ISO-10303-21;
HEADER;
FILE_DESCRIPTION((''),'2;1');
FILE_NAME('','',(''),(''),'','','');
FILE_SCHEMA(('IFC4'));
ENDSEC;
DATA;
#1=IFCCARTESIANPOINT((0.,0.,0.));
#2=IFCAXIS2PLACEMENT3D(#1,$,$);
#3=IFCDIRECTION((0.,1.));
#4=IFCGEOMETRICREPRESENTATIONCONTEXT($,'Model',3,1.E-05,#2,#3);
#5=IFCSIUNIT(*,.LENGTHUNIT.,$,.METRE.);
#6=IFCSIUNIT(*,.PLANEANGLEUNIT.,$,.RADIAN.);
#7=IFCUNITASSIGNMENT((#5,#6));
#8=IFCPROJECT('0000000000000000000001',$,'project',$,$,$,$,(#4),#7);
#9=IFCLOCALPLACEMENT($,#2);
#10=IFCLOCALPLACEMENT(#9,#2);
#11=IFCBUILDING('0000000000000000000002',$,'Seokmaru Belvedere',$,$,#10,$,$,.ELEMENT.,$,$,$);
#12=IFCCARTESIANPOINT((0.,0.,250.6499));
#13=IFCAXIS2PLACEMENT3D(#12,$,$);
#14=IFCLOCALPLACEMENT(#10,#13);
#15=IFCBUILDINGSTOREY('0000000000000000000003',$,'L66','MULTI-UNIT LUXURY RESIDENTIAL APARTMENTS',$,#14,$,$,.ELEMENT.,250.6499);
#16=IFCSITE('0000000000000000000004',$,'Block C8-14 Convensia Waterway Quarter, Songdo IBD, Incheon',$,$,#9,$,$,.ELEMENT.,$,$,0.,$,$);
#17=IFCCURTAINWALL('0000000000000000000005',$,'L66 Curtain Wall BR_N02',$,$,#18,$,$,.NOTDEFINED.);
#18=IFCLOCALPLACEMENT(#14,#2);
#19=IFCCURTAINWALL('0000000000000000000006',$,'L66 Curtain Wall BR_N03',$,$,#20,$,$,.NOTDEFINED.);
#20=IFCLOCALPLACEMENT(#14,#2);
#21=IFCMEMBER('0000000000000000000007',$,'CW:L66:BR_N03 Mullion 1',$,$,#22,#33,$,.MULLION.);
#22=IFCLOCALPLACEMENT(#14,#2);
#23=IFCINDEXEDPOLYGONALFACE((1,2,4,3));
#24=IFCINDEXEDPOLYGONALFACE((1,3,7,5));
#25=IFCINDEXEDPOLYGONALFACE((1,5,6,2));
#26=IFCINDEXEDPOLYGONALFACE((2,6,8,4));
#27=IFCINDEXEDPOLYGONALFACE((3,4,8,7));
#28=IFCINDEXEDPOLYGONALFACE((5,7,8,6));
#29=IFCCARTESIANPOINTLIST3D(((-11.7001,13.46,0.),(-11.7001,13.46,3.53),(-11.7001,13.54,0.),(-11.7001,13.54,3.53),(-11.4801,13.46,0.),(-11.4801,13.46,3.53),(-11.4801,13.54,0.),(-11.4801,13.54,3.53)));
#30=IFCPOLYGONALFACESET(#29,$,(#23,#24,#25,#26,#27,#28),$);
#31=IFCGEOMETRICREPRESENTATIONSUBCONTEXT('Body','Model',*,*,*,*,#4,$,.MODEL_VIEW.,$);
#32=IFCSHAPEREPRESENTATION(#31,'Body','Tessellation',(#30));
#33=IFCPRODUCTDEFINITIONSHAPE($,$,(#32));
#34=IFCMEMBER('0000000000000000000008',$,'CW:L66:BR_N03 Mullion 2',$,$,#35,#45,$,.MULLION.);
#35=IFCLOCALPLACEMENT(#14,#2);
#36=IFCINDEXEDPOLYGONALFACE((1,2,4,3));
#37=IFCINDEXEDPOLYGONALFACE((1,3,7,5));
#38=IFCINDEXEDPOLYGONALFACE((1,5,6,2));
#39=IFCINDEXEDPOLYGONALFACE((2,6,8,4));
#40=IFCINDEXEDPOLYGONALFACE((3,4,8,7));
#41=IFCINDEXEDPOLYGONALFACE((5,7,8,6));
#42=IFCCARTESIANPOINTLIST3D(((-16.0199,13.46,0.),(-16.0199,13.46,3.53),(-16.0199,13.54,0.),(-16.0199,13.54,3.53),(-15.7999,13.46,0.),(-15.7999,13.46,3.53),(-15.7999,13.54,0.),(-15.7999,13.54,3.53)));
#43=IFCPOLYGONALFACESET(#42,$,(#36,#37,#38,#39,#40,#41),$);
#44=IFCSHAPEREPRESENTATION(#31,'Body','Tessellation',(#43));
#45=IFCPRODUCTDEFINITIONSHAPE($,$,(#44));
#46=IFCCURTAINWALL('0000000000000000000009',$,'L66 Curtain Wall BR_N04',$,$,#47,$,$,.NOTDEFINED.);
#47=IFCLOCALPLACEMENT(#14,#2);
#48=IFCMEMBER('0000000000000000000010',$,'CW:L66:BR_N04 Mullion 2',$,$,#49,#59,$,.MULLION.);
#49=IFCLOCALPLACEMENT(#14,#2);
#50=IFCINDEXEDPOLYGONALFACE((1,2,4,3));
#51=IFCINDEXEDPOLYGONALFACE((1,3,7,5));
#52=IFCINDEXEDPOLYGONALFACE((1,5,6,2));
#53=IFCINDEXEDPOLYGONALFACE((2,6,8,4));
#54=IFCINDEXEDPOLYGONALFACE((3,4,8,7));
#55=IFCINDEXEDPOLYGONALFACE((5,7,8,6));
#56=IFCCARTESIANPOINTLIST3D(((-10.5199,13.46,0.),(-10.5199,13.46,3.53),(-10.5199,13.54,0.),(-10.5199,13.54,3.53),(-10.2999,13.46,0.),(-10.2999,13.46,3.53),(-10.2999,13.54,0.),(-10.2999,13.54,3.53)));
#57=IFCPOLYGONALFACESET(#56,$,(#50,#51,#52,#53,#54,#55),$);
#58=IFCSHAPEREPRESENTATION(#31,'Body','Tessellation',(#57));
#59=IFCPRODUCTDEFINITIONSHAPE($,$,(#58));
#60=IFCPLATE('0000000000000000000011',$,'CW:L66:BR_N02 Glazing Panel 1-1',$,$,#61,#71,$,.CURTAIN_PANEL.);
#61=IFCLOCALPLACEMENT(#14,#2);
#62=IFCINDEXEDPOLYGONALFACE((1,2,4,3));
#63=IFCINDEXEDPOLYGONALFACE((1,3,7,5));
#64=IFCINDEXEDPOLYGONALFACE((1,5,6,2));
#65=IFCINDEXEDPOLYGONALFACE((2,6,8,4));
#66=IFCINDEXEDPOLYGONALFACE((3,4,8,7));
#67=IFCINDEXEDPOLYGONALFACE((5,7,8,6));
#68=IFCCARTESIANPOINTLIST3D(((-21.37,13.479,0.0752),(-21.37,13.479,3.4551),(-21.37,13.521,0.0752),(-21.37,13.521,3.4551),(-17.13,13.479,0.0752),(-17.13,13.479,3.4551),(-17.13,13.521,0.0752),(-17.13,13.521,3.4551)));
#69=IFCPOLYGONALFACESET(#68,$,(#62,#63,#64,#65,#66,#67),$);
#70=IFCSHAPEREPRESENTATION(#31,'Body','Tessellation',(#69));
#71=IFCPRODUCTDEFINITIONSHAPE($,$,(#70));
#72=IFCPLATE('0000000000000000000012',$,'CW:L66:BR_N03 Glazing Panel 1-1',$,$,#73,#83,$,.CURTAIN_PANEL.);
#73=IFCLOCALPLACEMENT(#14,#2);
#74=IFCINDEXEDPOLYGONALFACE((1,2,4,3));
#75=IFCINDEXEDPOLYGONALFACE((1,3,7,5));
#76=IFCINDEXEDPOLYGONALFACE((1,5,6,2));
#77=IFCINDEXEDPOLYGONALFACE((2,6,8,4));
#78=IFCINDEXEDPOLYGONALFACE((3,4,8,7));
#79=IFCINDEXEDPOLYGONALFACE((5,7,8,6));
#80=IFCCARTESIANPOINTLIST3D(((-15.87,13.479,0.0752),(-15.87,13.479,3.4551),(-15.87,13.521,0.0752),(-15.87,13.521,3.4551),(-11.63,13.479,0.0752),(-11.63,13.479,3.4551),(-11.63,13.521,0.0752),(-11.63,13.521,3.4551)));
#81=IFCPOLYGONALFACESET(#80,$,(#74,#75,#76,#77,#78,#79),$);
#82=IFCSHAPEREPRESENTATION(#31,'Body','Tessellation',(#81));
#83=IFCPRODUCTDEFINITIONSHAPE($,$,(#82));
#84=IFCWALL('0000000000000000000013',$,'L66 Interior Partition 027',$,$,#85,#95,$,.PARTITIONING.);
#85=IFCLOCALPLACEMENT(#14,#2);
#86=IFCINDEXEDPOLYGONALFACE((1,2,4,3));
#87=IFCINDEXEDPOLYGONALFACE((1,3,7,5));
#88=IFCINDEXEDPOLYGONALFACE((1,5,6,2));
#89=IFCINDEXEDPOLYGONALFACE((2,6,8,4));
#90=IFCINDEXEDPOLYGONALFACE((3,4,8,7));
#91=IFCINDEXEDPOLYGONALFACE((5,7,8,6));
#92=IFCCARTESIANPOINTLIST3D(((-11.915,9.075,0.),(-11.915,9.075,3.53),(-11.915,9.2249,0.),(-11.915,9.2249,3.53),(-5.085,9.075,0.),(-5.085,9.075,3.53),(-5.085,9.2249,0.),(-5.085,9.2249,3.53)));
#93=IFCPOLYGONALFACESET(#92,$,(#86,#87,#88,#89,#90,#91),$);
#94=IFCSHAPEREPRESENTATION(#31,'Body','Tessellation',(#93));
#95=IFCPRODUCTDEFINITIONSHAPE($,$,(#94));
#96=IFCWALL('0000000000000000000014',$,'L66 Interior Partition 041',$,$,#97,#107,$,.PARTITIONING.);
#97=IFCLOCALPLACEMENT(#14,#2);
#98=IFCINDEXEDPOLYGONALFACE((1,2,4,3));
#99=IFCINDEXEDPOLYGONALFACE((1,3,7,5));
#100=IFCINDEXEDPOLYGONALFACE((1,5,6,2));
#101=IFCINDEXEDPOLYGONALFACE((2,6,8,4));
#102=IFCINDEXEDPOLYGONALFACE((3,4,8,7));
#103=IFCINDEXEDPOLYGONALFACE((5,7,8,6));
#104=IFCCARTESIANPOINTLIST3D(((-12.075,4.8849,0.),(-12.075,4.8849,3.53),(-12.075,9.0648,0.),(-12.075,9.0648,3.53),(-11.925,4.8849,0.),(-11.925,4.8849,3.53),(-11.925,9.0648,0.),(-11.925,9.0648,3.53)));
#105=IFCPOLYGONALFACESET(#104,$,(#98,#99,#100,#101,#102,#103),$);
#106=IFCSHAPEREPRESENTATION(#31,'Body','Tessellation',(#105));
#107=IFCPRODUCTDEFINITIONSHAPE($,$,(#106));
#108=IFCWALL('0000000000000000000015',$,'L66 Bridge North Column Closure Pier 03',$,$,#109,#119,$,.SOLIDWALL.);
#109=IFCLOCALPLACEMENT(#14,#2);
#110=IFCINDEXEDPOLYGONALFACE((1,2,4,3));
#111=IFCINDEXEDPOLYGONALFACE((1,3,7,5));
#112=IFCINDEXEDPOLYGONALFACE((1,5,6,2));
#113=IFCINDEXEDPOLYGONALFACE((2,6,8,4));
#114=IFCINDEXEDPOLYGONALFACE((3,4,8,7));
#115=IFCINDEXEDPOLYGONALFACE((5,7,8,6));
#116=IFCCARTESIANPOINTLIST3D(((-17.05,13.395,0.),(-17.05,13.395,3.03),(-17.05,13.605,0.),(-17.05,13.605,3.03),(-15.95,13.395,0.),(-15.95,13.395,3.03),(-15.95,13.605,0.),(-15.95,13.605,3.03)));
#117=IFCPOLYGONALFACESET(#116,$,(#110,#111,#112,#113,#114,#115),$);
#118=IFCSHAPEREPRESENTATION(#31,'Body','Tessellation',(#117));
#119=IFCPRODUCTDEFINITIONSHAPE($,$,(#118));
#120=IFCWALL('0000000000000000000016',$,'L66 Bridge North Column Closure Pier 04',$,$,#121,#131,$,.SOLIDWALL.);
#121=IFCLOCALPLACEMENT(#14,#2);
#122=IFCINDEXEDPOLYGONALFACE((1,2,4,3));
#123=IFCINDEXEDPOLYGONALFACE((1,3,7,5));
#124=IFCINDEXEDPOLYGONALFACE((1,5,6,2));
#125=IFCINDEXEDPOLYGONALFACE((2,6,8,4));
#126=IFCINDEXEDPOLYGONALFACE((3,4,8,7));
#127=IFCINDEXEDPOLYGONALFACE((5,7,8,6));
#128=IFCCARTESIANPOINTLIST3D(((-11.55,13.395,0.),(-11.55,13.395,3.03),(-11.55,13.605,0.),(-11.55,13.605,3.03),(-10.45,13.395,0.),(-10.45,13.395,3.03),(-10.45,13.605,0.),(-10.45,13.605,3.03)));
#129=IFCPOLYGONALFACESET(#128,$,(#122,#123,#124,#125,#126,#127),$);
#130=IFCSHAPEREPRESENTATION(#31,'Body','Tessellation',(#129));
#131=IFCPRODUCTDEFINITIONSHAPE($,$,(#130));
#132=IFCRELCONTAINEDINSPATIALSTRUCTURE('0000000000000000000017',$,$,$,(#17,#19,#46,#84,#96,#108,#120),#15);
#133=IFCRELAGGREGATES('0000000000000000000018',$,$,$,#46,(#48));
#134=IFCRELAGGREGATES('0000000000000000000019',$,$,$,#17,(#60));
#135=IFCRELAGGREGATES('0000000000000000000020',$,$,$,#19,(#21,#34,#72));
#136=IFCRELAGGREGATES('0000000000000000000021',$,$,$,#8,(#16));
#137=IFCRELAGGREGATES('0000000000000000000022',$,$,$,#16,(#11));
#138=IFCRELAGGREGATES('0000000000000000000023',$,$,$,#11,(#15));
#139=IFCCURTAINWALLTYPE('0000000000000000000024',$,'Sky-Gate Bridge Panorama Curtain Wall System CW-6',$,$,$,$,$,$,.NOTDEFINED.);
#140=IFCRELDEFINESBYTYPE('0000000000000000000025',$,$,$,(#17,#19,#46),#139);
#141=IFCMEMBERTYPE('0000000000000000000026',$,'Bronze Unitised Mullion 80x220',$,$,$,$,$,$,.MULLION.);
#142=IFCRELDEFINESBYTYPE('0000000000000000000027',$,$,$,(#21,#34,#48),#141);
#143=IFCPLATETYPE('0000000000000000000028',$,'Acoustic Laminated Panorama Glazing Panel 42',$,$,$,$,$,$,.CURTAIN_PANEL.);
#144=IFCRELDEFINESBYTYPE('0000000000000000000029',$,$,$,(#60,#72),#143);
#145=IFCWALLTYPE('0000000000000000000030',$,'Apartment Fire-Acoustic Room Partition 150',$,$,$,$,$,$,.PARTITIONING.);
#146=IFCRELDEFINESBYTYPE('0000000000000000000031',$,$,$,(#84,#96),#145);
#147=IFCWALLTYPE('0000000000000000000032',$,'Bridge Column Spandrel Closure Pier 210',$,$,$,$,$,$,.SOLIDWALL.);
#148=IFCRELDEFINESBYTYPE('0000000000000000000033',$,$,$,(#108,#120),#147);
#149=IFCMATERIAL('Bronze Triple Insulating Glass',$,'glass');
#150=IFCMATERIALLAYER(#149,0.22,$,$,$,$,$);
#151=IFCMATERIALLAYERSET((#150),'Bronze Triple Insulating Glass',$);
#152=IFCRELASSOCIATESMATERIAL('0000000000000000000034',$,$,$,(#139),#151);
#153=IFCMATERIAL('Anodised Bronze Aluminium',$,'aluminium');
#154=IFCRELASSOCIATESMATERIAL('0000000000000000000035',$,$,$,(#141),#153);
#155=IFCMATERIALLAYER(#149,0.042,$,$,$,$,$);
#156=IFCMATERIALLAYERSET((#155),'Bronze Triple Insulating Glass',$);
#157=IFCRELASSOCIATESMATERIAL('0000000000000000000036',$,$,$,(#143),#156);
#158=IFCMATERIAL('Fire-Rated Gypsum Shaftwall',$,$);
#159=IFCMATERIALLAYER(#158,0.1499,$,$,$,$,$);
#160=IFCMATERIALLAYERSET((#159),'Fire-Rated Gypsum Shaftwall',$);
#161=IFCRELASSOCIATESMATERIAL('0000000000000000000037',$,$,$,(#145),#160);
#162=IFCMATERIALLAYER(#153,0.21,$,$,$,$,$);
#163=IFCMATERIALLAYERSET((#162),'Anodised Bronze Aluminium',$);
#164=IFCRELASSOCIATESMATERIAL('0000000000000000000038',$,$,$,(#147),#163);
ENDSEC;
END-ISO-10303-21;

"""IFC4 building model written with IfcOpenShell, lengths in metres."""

from ifc_helpers import new_model, si_unit, direction, frame, frame_2d, origin, origin_2d, place, context, subcontext, project, spatial, rectangle, extrude, source, transform, mapped, material, layer, layer_set, material_profile, profile_set, type_object, type_shapes, element, aggregate, save


model = new_model("IFC4")

# Units and contexts
model_context = context("Model", 3, precision=1e-05, world=origin(), true_north=direction((0.0, 1.0)))
body_context = subcontext(model_context, "Body", "Model", "MODEL_VIEW")
ifc_project = project(units=[si_unit("LENGTHUNIT", "METRE"), si_unit("PLANEANGLEUNIT", "RADIAN")], contexts=[model_context])

# Site, building, storey
site_placement = place(None, origin())
site = spatial("IfcSite", under=ifc_project, at=site_placement, Name="Block C8-14 Convensia Waterway Quarter, Songdo IBD, Incheon", CompositionType="ELEMENT", RefElevation=0.0)
building_placement = place(site_placement, origin())
building = spatial("IfcBuilding", under=site, at=building_placement, Name="Seokmaru Belvedere", CompositionType="ELEMENT")
storey_placement = place(building_placement, frame((0.0, 0.0, 250.6499)))
storey = spatial("IfcBuildingStorey", under=building, at=storey_placement, Name="L66", Description="MULTI-UNIT LUXURY RESIDENTIAL APARTMENTS", CompositionType="ELEMENT", Elevation=250.6499)

# Curtain walls
ifc_material_1 = material(Name="Bronze Triple Insulating Glass", Category="glass")
ifc_layer_1 = layer(ifc_material_1, 0.22)
ifc_layer_set_1 = layer_set([ifc_layer_1], Name="Bronze Triple Insulating Glass")
curtain_wall_type = type_object("IfcCurtainWallType", Name="Sky-Gate Bridge Panorama Curtain Wall System CW-6", PredefinedType="NOTDEFINED", material=ifc_layer_set_1)
curtain_wall_1_placement = place(storey_placement, origin())
curtain_wall_1 = element("IfcCurtainWall", 1, at=curtain_wall_1_placement, inside=storey, type_object=curtain_wall_type, Name="L66 Curtain Wall BR_N02", PredefinedType="NOTDEFINED")
ifc_material_2 = material(Name="Anodised Bronze Aluminium", Category="aluminium")
curtain_wall_2_placement = place(storey_placement, origin())
curtain_wall_2 = element("IfcCurtainWall", 2, at=curtain_wall_2_placement, inside=storey, type_object=curtain_wall_type, Name="L66 Curtain Wall BR_N03", PredefinedType="NOTDEFINED")

# Members
ifc_material_profile_1 = material_profile(ifc_material_2, rectangle(XDim=0.0801, YDim=0.22, at=origin_2d()), Name="CW-M-80x220")
ifc_profile_set_1 = profile_set([ifc_material_profile_1], Name="Anodised Bronze Aluminium")
member_type_1 = type_object("IfcMemberType", Name="Bronze Unitised Mullion 80x220", PredefinedType="MULLION", material=ifc_profile_set_1)
shared_shape_1 = source(origin(), body_context, "Body", "SweptSolid", [
    extrude(rectangle(XDim=0.0801, YDim=0.22, at=origin_2d()), origin(), (0.0, 0.0, 1.0), 3.53),
])
type_shapes(member_type_1, [shared_shape_1])
member_1_placement = place(storey_placement, frame((-11.5901, 13.5, 0.0), z_axis=(0.0, 0.0, 1.0), x_axis=(0.0, -1.0, 0.0)))
member_1 = element("IfcMember", 3, at=member_1_placement, type_object=member_type_1, Name="CW:L66:BR_N03 Mullion 1", PredefinedType="MULLION", context=body_context, shape_type="MappedRepresentation", body=[
    mapped(shared_shape_1, transform((0.0, 0.0, 0.0), scale=1.0)),
])
member_2_placement = place(storey_placement, frame((-15.9099, 13.5, 0.0), z_axis=(0.0, 0.0, 1.0), x_axis=(0.0, -1.0, 0.0)))
member_2 = element("IfcMember", 4, at=member_2_placement, type_object=member_type_1, Name="CW:L66:BR_N03 Mullion 2", PredefinedType="MULLION", context=body_context, shape_type="MappedRepresentation", body=[
    mapped(shared_shape_1, transform((0.0, 0.0, 0.0), scale=1.0)),
])

# Curtain wall, member
curtain_wall_3_placement = place(storey_placement, origin())
curtain_wall_3 = element("IfcCurtainWall", 5, at=curtain_wall_3_placement, inside=storey, type_object=curtain_wall_type, Name="L66 Curtain Wall BR_N04", PredefinedType="NOTDEFINED")
member_3_placement = place(storey_placement, frame((-10.4099, 13.5, 0.0), z_axis=(0.0, 0.0, 1.0), x_axis=(0.0, -1.0, 0.0)))
member_3 = element("IfcMember", 6, at=member_3_placement, type_object=member_type_1, Name="CW:L66:BR_N04 Mullion 2", PredefinedType="MULLION", context=body_context, shape_type="MappedRepresentation", body=[
    mapped(shared_shape_1, transform((0.0, 0.0, 0.0), scale=1.0)),
])
aggregate(curtain_wall_3, [member_3])

# Plates
ifc_layer_2 = layer(ifc_material_1, 0.042)
ifc_layer_set_2 = layer_set([ifc_layer_2], Name="Bronze Triple Insulating Glass")
plate_type = type_object("IfcPlateType", Name="Acoustic Laminated Panorama Glazing Panel 42", PredefinedType="CURTAIN_PANEL", material=ifc_layer_set_2)
shared_shape_2 = source(origin(), body_context, "Body", "SweptSolid", [
    extrude(rectangle(XDim=4.24, YDim=0.042, at=origin_2d()), origin(), (0.0, 0.0, 1.0), 3.3799),
])
type_shapes(plate_type, [shared_shape_2])
plate_1_placement = place(storey_placement, frame((-19.25, 13.5, 0.0752), z_axis=(0.0, 0.0, 1.0), x_axis=(-1.0, 0.0, 0.0)))
plate_1 = element("IfcPlate", 7, at=plate_1_placement, type_object=plate_type, Name="CW:L66:BR_N02 Glazing Panel 1-1", PredefinedType="CURTAIN_PANEL", context=body_context, shape_type="MappedRepresentation", body=[
    mapped(shared_shape_2, transform((0.0, 0.0, 0.0), scale=1.0)),
])
aggregate(curtain_wall_1, [plate_1])
plate_2_placement = place(storey_placement, frame((-13.75, 13.5, 0.0752), z_axis=(0.0, 0.0, 1.0), x_axis=(-1.0, 0.0, 0.0)))
plate_2 = element("IfcPlate", 8, at=plate_2_placement, type_object=plate_type, Name="CW:L66:BR_N03 Glazing Panel 1-1", PredefinedType="CURTAIN_PANEL", context=body_context, shape_type="MappedRepresentation", body=[
    mapped(shared_shape_2, transform((0.0, 0.0, 0.0), scale=1.0)),
])
aggregate(curtain_wall_2, [member_1, member_2, plate_2])

# Walls
ifc_material_3 = material(Name="Fire-Rated Gypsum Shaftwall")
ifc_layer_3 = layer(ifc_material_3, 0.1499)
ifc_layer_set_3 = layer_set([ifc_layer_3], Name="Fire-Rated Gypsum Shaftwall")
wall_type_1 = type_object("IfcWallType", Name="Apartment Fire-Acoustic Room Partition 150", PredefinedType="PARTITIONING", material=ifc_layer_set_3)
wall_1_placement = place(storey_placement, frame((-11.915, 9.1499, 0.0), z_axis=(0.0, 0.0, 1.0), x_axis=(1.0, 0.0, 0.0)))
element("IfcWall", 9, at=wall_1_placement, inside=storey, type_object=wall_type_1, Name="L66 Interior Partition 027", PredefinedType="PARTITIONING", context=body_context, shape_type="SweptSolid", body=[
    extrude(rectangle(XDim=6.8301, YDim=0.1499, at=frame_2d((3.415, 0.0))), origin(), (0.0, 0.0, 1.0), 3.53),
])
wall_2_placement = place(storey_placement, frame((-12.0, 4.885, 0.0), z_axis=(0.0, 0.0, 1.0), x_axis=(0.0, 1.0, 0.0)))
element("IfcWall", 10, at=wall_2_placement, inside=storey, type_object=wall_type_1, Name="L66 Interior Partition 041", PredefinedType="PARTITIONING", context=body_context, shape_type="SweptSolid", body=[
    extrude(rectangle(XDim=4.1799, YDim=0.1499, at=frame_2d((2.0898, 0.0))), origin(), (0.0, 0.0, 1.0), 3.53),
])
ifc_layer_4 = layer(ifc_material_2, 0.21)
ifc_layer_set_4 = layer_set([ifc_layer_4], Name="Anodised Bronze Aluminium")
wall_type_2 = type_object("IfcWallType", Name="Bridge Column Spandrel Closure Pier 210", PredefinedType="SOLIDWALL", material=ifc_layer_set_4)
for number, where, z_axis, x_axis, name in (
    (11, (-17.05, 13.5, 0.0), (0.0, 0.0, 1.0), (1.0, 0.0, 0.0), "L66 Bridge North Column Closure Pier 03"),
    (12, (-11.55, 13.5, 0.0), (0.0, 0.0, 1.0), (1.0, 0.0, 0.0), "L66 Bridge North Column Closure Pier 04"),
):
    element("IfcWall", number, at=place(storey_placement, frame(where, z_axis=z_axis, x_axis=x_axis)), inside=storey, type_object=wall_type_2, Name=name, PredefinedType="SOLIDWALL", context=body_context, shape_type="SweptSolid", body=[
        extrude(rectangle(XDim=1.1001, YDim=0.21, at=frame_2d((0.55, 0.0))), origin(), (0.0, 0.0, 1.0), 3.03),
    ])

save(model, "model.ifc")
